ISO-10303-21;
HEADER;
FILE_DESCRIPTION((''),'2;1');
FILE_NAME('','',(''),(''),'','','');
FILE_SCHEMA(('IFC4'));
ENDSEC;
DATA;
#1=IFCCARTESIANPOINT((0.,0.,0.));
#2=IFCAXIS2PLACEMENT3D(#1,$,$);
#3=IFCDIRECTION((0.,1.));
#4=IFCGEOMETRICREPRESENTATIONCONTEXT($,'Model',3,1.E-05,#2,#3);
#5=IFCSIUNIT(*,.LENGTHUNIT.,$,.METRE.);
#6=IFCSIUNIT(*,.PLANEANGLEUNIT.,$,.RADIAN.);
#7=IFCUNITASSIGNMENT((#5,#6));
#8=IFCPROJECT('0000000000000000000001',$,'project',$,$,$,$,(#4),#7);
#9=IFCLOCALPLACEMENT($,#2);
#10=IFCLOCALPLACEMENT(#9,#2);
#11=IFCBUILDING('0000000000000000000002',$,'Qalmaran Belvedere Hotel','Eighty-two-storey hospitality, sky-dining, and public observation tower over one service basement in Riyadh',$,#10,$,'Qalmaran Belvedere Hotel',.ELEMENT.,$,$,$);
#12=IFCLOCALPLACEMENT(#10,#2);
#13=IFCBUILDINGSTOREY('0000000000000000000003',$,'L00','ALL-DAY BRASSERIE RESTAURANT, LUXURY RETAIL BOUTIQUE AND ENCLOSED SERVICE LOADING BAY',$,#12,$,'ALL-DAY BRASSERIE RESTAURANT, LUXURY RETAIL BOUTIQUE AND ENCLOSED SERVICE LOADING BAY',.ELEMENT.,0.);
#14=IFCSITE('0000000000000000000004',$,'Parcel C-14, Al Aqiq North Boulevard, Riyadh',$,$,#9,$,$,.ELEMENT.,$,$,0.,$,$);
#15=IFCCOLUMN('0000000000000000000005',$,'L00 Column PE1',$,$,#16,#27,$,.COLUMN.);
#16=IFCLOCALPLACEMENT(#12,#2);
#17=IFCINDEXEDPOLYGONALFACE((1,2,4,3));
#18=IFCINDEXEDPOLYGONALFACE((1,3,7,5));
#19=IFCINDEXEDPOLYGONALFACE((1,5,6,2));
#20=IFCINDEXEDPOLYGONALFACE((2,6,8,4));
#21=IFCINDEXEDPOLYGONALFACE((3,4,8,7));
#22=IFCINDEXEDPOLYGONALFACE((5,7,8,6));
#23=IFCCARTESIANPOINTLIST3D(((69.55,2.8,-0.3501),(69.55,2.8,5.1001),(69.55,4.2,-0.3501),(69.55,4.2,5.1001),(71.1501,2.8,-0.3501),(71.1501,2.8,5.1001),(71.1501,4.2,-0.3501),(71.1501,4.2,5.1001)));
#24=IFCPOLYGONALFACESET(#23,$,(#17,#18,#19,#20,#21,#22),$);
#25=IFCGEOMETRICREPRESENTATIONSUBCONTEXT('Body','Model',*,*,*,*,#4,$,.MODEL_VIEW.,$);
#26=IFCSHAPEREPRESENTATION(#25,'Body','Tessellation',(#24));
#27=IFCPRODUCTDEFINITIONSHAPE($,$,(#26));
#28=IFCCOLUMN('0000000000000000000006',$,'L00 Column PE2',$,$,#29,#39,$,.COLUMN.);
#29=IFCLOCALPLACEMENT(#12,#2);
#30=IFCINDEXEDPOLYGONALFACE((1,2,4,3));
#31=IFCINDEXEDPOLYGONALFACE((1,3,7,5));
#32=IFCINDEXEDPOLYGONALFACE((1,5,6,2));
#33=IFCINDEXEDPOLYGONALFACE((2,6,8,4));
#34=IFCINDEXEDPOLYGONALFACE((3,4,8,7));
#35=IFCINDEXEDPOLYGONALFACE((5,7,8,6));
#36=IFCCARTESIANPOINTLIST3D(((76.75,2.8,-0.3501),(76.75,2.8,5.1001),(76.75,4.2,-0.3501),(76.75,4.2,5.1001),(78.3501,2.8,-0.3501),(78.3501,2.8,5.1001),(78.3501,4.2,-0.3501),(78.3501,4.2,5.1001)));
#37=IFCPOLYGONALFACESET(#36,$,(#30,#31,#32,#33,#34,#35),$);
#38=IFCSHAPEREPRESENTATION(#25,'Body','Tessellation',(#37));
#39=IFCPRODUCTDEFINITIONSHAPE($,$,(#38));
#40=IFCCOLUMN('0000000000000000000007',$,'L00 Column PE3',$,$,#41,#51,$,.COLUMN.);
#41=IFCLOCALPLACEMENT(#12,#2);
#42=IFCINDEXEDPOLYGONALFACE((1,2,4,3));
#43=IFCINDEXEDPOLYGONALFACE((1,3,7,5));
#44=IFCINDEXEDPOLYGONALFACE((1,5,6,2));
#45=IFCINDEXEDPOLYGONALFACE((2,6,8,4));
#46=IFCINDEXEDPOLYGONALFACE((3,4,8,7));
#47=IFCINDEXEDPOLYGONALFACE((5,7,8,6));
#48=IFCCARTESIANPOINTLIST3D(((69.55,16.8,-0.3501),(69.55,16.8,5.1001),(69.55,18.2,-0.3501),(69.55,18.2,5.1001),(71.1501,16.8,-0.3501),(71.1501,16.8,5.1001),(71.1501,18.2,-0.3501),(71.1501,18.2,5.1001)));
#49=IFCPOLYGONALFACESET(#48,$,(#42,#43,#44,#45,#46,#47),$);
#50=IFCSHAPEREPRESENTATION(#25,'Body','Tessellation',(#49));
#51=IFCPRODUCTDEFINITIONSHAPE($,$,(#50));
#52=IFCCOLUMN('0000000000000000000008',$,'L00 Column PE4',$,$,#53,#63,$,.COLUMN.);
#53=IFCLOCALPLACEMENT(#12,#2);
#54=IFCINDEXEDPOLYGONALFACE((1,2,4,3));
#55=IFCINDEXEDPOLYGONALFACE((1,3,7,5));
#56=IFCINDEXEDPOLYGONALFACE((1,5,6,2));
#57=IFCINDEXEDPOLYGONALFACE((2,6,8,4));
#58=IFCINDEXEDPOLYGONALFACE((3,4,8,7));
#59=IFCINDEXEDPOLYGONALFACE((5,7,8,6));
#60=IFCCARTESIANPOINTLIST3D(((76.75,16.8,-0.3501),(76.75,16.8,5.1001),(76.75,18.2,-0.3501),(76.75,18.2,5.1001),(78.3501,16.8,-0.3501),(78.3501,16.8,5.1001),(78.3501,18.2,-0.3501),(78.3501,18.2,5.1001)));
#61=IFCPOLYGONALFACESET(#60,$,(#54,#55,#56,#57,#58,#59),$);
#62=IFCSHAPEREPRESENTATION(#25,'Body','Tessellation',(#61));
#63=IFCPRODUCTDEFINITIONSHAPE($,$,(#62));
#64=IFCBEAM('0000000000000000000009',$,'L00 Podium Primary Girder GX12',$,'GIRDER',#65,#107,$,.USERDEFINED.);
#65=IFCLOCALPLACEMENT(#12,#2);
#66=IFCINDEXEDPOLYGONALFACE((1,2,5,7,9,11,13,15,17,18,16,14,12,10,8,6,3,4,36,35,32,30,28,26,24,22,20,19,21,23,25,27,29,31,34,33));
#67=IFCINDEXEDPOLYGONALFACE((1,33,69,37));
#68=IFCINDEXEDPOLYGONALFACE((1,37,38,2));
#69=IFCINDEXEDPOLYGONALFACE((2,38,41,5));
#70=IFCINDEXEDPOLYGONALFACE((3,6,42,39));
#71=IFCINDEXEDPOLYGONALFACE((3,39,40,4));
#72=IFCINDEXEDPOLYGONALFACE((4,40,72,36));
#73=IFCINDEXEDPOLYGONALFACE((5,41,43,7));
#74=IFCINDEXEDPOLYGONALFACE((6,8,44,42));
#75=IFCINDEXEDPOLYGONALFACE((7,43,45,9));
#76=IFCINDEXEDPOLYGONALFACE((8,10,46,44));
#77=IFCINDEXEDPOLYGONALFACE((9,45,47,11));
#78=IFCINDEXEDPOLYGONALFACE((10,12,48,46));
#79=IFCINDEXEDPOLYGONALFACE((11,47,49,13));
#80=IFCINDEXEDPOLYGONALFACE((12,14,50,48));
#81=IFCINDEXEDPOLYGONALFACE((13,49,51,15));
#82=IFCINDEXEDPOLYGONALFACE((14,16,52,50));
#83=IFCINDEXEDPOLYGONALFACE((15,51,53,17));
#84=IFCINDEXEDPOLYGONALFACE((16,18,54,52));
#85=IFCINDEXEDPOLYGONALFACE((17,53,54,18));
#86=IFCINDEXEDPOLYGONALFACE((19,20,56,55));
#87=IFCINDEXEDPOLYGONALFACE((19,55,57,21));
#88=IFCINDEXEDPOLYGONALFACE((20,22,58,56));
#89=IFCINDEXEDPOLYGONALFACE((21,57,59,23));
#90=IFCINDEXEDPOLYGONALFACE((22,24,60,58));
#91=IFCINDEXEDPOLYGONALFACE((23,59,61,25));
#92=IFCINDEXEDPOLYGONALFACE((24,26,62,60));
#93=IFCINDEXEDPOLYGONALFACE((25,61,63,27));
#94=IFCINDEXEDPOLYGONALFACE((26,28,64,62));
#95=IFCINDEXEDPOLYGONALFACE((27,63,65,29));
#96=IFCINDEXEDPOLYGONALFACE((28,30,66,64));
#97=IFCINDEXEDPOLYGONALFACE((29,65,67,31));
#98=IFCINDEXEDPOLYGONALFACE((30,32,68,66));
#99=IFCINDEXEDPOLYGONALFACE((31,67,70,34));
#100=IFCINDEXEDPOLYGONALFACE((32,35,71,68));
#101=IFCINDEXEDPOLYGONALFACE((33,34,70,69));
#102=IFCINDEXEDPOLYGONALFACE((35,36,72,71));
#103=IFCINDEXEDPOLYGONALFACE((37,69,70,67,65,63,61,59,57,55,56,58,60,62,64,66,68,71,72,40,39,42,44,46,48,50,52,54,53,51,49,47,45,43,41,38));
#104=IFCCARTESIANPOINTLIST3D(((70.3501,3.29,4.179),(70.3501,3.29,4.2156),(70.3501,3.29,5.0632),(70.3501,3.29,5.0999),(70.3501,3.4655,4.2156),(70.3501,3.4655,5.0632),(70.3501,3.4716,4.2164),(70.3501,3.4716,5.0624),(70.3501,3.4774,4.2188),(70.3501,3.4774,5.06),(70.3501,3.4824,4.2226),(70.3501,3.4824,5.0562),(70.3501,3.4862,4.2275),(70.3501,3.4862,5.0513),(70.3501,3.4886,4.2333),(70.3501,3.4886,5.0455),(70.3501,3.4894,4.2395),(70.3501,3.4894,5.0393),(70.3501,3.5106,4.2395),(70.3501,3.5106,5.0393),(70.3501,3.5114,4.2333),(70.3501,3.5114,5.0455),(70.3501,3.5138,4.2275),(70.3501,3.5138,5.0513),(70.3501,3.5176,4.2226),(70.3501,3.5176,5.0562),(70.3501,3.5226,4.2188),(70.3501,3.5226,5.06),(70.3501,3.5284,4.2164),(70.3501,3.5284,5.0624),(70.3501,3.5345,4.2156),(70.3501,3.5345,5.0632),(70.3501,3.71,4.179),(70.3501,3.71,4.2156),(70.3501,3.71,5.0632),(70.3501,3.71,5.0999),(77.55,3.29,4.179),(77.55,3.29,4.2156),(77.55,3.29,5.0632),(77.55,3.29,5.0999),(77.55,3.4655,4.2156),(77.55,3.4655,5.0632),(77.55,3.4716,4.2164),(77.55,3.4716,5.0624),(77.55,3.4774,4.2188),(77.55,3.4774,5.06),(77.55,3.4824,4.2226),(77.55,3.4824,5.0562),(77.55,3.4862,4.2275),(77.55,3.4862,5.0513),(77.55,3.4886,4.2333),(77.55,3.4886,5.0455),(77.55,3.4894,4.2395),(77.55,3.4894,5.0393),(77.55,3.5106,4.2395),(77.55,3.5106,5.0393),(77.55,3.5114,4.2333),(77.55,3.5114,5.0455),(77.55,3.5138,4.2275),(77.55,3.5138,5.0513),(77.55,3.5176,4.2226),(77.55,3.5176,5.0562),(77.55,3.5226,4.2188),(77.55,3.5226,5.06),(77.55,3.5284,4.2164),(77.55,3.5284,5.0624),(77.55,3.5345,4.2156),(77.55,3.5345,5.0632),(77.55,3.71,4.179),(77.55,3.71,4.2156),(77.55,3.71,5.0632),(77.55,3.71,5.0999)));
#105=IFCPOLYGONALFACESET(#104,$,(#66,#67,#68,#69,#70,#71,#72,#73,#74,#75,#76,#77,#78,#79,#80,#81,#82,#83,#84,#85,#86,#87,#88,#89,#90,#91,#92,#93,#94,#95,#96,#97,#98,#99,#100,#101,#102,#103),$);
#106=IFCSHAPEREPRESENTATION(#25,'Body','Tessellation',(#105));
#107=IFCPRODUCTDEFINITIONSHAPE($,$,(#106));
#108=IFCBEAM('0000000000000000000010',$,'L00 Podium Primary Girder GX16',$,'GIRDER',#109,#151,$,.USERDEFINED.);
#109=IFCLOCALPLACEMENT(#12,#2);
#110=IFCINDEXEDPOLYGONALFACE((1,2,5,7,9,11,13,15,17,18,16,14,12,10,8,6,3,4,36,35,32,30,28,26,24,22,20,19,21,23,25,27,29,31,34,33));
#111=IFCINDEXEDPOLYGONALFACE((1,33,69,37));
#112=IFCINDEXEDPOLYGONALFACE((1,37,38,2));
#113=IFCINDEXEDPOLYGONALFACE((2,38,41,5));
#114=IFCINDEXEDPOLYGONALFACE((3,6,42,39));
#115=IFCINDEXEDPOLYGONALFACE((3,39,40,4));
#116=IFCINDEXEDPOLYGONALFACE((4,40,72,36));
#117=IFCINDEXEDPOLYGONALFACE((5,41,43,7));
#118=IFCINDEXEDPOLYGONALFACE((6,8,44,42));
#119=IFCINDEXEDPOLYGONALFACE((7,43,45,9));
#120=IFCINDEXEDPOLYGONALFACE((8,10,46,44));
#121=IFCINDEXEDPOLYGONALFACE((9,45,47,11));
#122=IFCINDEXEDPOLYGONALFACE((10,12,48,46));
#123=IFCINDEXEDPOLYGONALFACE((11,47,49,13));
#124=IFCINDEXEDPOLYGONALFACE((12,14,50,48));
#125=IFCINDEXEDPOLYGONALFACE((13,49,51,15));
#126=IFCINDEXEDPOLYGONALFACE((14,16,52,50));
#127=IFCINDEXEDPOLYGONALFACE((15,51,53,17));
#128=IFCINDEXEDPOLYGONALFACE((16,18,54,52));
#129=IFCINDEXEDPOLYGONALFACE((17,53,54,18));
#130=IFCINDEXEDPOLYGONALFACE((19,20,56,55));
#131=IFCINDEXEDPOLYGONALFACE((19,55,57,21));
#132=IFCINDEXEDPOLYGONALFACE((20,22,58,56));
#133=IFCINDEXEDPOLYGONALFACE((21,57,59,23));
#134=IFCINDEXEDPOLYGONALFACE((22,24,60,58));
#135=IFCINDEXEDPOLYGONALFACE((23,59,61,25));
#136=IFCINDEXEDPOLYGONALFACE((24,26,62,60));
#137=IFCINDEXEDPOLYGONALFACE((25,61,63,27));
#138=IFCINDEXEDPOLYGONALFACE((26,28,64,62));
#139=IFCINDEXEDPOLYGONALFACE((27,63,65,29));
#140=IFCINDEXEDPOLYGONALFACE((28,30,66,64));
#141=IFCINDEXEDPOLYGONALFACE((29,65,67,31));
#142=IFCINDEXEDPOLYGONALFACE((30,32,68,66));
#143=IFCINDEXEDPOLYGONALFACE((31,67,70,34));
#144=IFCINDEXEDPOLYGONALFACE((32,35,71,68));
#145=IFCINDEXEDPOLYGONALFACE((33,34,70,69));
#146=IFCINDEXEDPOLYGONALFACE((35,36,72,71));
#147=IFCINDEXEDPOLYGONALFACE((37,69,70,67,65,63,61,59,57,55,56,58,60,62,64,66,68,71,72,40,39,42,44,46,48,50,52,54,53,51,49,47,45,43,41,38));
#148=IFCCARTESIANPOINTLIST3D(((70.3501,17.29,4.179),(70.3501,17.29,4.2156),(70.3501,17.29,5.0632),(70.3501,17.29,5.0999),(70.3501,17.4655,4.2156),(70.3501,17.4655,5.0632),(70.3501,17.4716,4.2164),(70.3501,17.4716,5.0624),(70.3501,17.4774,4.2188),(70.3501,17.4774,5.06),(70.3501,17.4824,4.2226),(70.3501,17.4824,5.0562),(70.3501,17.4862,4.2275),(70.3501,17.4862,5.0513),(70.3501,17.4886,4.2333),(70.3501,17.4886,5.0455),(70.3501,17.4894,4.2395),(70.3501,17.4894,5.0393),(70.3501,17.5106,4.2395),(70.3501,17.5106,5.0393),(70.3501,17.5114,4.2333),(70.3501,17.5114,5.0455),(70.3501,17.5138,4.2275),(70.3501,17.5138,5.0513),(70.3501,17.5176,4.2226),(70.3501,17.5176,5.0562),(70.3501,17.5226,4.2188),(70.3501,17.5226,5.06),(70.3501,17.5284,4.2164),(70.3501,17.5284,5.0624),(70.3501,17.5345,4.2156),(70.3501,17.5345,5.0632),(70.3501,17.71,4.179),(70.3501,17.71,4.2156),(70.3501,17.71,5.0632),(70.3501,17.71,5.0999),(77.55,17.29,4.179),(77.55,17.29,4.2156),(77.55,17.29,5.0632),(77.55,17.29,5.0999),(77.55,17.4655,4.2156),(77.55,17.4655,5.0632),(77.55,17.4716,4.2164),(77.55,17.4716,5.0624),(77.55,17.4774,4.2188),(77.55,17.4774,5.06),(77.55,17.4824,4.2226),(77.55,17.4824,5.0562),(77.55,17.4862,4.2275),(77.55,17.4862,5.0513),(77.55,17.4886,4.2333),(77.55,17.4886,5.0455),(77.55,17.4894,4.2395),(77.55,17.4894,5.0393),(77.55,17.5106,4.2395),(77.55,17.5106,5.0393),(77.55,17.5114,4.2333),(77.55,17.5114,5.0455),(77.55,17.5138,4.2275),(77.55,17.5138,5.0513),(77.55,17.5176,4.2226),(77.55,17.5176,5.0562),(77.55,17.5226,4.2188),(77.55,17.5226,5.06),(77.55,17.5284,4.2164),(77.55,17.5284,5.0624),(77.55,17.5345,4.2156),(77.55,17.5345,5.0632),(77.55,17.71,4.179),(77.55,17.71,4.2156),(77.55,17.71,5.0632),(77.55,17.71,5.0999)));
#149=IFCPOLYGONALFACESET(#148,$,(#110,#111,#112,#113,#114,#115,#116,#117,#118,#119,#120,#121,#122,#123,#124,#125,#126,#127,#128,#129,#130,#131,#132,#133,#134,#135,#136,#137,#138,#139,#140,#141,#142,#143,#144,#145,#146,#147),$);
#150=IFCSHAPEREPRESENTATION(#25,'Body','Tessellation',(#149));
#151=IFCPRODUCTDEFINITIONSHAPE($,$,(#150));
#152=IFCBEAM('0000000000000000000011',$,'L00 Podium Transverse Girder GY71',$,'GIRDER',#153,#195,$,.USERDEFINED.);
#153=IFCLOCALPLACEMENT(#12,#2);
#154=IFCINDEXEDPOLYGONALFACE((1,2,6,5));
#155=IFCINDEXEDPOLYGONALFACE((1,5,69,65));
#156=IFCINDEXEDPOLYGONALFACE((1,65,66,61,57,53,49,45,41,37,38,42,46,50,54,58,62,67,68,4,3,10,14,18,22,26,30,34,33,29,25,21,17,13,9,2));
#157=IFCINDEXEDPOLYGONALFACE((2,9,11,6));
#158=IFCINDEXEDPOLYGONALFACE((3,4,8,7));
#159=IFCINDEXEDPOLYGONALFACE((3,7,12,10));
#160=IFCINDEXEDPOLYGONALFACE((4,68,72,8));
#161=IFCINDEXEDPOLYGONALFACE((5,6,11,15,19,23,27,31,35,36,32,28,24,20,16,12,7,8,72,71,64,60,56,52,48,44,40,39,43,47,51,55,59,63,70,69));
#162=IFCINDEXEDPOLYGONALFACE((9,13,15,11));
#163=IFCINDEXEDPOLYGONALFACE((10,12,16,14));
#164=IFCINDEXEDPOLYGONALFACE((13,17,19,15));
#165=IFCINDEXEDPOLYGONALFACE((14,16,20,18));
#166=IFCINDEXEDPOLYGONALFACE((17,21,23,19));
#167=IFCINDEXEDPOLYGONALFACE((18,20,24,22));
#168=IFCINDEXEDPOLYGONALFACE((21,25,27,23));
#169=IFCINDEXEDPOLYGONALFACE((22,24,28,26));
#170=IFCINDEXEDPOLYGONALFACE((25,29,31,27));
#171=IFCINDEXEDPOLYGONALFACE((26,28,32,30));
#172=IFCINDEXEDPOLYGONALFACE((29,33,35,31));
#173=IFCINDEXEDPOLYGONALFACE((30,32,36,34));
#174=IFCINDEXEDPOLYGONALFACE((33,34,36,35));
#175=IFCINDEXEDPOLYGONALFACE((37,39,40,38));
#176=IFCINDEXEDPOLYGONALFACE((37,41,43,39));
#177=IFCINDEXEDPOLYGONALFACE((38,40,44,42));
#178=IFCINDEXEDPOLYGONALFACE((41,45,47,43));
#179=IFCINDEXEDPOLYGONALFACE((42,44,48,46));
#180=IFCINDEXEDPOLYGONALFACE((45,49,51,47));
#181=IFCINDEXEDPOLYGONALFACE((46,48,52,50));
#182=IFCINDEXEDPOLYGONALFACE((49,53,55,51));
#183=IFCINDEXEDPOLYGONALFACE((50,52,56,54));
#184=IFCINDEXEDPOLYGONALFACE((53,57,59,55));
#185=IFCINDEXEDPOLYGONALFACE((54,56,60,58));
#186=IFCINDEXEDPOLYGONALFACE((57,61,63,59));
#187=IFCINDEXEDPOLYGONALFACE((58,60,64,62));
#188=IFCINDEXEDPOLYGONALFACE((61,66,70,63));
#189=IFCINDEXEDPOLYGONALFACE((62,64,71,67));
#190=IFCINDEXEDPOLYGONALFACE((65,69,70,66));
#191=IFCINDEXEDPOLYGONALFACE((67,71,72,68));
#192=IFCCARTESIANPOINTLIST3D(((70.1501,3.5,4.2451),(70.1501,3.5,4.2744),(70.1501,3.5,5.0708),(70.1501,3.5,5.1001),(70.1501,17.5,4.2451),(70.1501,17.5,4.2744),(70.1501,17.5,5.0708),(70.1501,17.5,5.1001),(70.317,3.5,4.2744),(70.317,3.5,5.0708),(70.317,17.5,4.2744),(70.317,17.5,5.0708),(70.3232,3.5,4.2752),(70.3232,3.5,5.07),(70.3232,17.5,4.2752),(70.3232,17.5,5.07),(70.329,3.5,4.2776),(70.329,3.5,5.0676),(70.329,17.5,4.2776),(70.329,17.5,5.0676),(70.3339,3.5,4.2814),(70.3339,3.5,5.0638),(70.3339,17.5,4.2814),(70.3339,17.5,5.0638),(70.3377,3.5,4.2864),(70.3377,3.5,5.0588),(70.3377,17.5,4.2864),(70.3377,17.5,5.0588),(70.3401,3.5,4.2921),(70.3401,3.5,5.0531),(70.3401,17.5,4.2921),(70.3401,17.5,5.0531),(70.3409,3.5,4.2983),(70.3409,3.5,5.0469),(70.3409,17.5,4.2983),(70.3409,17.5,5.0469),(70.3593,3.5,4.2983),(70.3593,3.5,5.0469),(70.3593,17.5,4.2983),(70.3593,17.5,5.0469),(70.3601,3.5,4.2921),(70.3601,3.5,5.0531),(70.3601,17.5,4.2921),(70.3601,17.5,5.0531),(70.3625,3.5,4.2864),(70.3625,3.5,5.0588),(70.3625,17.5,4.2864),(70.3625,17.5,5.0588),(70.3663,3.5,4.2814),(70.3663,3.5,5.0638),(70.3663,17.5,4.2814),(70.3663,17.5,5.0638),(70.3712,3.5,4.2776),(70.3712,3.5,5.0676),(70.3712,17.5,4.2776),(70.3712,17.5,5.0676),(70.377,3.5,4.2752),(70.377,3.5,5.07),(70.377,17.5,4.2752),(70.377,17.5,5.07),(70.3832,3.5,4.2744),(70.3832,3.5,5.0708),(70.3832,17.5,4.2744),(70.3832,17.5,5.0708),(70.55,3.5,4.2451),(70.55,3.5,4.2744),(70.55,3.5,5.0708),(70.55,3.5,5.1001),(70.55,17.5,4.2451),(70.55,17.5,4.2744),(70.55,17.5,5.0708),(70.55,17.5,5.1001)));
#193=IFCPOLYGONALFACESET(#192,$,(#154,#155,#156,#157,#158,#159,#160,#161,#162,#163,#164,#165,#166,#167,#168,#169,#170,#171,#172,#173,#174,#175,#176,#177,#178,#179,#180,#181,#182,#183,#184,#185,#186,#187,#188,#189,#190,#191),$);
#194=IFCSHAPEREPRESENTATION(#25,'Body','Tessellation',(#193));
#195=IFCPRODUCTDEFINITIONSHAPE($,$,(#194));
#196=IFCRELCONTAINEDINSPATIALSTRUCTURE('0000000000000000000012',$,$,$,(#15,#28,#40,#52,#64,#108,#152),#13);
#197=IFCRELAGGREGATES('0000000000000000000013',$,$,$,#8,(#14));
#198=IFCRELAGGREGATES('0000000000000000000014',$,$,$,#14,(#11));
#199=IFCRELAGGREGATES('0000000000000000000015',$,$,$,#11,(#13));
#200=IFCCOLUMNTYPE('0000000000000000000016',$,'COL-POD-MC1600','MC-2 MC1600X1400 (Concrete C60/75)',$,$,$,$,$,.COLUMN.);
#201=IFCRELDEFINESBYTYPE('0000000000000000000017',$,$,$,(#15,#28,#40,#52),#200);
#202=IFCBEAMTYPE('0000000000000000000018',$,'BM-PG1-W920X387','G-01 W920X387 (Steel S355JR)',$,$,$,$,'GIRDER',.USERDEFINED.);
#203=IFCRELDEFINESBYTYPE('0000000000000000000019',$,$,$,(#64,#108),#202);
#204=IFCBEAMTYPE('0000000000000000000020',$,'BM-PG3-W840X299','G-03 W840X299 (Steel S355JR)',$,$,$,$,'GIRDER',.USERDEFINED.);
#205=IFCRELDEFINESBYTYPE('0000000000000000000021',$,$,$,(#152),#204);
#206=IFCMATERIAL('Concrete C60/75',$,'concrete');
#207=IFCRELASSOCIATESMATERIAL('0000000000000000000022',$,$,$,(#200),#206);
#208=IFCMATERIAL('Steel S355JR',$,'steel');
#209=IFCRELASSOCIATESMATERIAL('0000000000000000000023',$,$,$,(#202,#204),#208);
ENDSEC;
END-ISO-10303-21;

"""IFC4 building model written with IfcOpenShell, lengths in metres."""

from ifc_helpers import new_model, si_unit, direction, frame, origin, origin_2d, place, context, subcontext, project, spatial, rectangle, i_section, extrude, material, material_profile, profile_set, type_object, element, save


model = new_model("IFC4")

# Units and contexts
model_context = context("Model", 3, precision=1e-05, world=origin(), true_north=direction((0.0, 1.0)))
body_context = subcontext(model_context, "Body", "Model", "MODEL_VIEW")
ifc_project = project(units=[si_unit("LENGTHUNIT", "METRE"), si_unit("PLANEANGLEUNIT", "RADIAN")], contexts=[model_context])

# Site, building, storey
site_placement = place(None, origin())
site = spatial("IfcSite", under=ifc_project, at=site_placement, Name="Parcel C-14, Al Aqiq North Boulevard, Riyadh", CompositionType="ELEMENT", RefElevation=0.0)
building_placement = place(site_placement, origin())
building = spatial("IfcBuilding", under=site, at=building_placement, Name="Qalmaran Belvedere Hotel", Description="Eighty-two-storey hospitality, sky-dining, and public observation tower over one service basement in Riyadh", LongName="Qalmaran Belvedere Hotel", CompositionType="ELEMENT")
storey_placement = place(building_placement, origin())
storey = spatial("IfcBuildingStorey", under=building, at=storey_placement, Name="L00", Description="ALL-DAY BRASSERIE RESTAURANT, LUXURY RETAIL BOUTIQUE AND ENCLOSED SERVICE LOADING BAY", LongName="ALL-DAY BRASSERIE RESTAURANT, LUXURY RETAIL BOUTIQUE AND ENCLOSED SERVICE LOADING BAY", CompositionType="ELEMENT", Elevation=0.0)

# Columns
ifc_material_1 = material(Name="Concrete C60/75", Category="concrete")
ifc_material_profile_1 = material_profile(ifc_material_1, rectangle(XDim=1.6001, YDim=1.3999, at=origin_2d()), Name="MC1600X1400")
ifc_profile_set_1 = profile_set([ifc_material_profile_1], Name="Concrete C60/75")
column_type = type_object("IfcColumnType", Name="COL-POD-MC1600", Description="MC-2 MC1600X1400 (Concrete C60/75)", PredefinedType="COLUMN", material=ifc_profile_set_1)
for number, where, z_axis, x_axis, name in (
    (1, (70.3501, 3.5, -0.3501), (0.0, 0.0, 1.0), (1.0, 0.0, 0.0), "L00 Column PE1"),
    (2, (77.55, 3.5, -0.3501), (0.0, 0.0, 1.0), (1.0, 0.0, 0.0), "L00 Column PE2"),
    (3, (70.3501, 17.5, -0.3501), (0.0, 0.0, 1.0), (1.0, 0.0, 0.0), "L00 Column PE3"),
    (4, (77.55, 17.5, -0.3501), (0.0, 0.0, 1.0), (1.0, 0.0, 0.0), "L00 Column PE4"),
):
    element("IfcColumn", number, at=place(storey_placement, frame(where, z_axis=z_axis, x_axis=x_axis)), inside=storey, type_object=column_type, Name=name, PredefinedType="COLUMN", context=body_context, shape_type="SweptSolid", body=[
        extrude(rectangle(XDim=1.6001, YDim=1.3999, at=origin_2d()), origin(), (0.0, 0.0, 1.0), 5.4502),
    ])

# Beams
ifc_material_2 = material(Name="Steel S355JR", Category="steel")
ifc_material_profile_2 = material_profile(ifc_material_2, i_section(OverallWidth=0.4199, OverallDepth=0.9209, WebThickness=0.0212, FlangeThickness=0.0366, FilletRadius=0.0239, at=origin_2d()), Name="W920X387")
ifc_profile_set_2 = profile_set([ifc_material_profile_2], Name="Steel S355JR")
beam_type_1 = type_object("IfcBeamType", Name="BM-PG1-W920X387", Description="G-01 W920X387 (Steel S355JR)", ElementType="GIRDER", PredefinedType="USERDEFINED", material=ifc_profile_set_2)
for number, where, z_axis, x_axis, name in (
    (5, (70.3501, 3.5, 4.6394), (1.0, 0.0, 0.0), (0.0, 1.0, 0.0), "L00 Podium Primary Girder GX12"),
    (6, (70.3501, 17.5, 4.6394), (1.0, 0.0, 0.0), (0.0, 1.0, 0.0), "L00 Podium Primary Girder GX16"),
):
    element("IfcBeam", number, at=place(storey_placement, frame(where, z_axis=z_axis, x_axis=x_axis)), inside=storey, type_object=beam_type_1, Name=name, ObjectType="GIRDER", PredefinedType="USERDEFINED", context=body_context, shape_type="SweptSolid", body=[
        extrude(i_section(OverallWidth=0.4199, OverallDepth=0.9209, WebThickness=0.0212, FlangeThickness=0.0366, FilletRadius=0.0239, at=origin_2d()), origin(), (0.0, 0.0, 1.0), 7.2),
    ])
ifc_material_profile_3 = material_profile(ifc_material_2, i_section(OverallWidth=0.3999, OverallDepth=0.855, WebThickness=0.0183, FlangeThickness=0.0293, FilletRadius=0.0239, at=origin_2d()), Name="W840X299")
ifc_profile_set_3 = profile_set([ifc_material_profile_3], Name="Steel S355JR")
beam_type_2 = type_object("IfcBeamType", Name="BM-PG3-W840X299", Description="G-03 W840X299 (Steel S355JR)", ElementType="GIRDER", PredefinedType="USERDEFINED", material=ifc_profile_set_3)
beam_1_placement = place(storey_placement, frame((70.3501, 3.5, 4.6726), z_axis=(0.0, 1.0, 0.0), x_axis=(-1.0, 0.0, 0.0)))
element("IfcBeam", 7, at=beam_1_placement, inside=storey, type_object=beam_type_2, Name="L00 Podium Transverse Girder GY71", ObjectType="GIRDER", PredefinedType="USERDEFINED", context=body_context, shape_type="SweptSolid", body=[
    extrude(i_section(OverallWidth=0.3999, OverallDepth=0.855, WebThickness=0.0183, FlangeThickness=0.0293, FilletRadius=0.0239, at=origin_2d()), origin(), (0.0, 0.0, 1.0), 14.0),
])

save(model, "model.ifc")
